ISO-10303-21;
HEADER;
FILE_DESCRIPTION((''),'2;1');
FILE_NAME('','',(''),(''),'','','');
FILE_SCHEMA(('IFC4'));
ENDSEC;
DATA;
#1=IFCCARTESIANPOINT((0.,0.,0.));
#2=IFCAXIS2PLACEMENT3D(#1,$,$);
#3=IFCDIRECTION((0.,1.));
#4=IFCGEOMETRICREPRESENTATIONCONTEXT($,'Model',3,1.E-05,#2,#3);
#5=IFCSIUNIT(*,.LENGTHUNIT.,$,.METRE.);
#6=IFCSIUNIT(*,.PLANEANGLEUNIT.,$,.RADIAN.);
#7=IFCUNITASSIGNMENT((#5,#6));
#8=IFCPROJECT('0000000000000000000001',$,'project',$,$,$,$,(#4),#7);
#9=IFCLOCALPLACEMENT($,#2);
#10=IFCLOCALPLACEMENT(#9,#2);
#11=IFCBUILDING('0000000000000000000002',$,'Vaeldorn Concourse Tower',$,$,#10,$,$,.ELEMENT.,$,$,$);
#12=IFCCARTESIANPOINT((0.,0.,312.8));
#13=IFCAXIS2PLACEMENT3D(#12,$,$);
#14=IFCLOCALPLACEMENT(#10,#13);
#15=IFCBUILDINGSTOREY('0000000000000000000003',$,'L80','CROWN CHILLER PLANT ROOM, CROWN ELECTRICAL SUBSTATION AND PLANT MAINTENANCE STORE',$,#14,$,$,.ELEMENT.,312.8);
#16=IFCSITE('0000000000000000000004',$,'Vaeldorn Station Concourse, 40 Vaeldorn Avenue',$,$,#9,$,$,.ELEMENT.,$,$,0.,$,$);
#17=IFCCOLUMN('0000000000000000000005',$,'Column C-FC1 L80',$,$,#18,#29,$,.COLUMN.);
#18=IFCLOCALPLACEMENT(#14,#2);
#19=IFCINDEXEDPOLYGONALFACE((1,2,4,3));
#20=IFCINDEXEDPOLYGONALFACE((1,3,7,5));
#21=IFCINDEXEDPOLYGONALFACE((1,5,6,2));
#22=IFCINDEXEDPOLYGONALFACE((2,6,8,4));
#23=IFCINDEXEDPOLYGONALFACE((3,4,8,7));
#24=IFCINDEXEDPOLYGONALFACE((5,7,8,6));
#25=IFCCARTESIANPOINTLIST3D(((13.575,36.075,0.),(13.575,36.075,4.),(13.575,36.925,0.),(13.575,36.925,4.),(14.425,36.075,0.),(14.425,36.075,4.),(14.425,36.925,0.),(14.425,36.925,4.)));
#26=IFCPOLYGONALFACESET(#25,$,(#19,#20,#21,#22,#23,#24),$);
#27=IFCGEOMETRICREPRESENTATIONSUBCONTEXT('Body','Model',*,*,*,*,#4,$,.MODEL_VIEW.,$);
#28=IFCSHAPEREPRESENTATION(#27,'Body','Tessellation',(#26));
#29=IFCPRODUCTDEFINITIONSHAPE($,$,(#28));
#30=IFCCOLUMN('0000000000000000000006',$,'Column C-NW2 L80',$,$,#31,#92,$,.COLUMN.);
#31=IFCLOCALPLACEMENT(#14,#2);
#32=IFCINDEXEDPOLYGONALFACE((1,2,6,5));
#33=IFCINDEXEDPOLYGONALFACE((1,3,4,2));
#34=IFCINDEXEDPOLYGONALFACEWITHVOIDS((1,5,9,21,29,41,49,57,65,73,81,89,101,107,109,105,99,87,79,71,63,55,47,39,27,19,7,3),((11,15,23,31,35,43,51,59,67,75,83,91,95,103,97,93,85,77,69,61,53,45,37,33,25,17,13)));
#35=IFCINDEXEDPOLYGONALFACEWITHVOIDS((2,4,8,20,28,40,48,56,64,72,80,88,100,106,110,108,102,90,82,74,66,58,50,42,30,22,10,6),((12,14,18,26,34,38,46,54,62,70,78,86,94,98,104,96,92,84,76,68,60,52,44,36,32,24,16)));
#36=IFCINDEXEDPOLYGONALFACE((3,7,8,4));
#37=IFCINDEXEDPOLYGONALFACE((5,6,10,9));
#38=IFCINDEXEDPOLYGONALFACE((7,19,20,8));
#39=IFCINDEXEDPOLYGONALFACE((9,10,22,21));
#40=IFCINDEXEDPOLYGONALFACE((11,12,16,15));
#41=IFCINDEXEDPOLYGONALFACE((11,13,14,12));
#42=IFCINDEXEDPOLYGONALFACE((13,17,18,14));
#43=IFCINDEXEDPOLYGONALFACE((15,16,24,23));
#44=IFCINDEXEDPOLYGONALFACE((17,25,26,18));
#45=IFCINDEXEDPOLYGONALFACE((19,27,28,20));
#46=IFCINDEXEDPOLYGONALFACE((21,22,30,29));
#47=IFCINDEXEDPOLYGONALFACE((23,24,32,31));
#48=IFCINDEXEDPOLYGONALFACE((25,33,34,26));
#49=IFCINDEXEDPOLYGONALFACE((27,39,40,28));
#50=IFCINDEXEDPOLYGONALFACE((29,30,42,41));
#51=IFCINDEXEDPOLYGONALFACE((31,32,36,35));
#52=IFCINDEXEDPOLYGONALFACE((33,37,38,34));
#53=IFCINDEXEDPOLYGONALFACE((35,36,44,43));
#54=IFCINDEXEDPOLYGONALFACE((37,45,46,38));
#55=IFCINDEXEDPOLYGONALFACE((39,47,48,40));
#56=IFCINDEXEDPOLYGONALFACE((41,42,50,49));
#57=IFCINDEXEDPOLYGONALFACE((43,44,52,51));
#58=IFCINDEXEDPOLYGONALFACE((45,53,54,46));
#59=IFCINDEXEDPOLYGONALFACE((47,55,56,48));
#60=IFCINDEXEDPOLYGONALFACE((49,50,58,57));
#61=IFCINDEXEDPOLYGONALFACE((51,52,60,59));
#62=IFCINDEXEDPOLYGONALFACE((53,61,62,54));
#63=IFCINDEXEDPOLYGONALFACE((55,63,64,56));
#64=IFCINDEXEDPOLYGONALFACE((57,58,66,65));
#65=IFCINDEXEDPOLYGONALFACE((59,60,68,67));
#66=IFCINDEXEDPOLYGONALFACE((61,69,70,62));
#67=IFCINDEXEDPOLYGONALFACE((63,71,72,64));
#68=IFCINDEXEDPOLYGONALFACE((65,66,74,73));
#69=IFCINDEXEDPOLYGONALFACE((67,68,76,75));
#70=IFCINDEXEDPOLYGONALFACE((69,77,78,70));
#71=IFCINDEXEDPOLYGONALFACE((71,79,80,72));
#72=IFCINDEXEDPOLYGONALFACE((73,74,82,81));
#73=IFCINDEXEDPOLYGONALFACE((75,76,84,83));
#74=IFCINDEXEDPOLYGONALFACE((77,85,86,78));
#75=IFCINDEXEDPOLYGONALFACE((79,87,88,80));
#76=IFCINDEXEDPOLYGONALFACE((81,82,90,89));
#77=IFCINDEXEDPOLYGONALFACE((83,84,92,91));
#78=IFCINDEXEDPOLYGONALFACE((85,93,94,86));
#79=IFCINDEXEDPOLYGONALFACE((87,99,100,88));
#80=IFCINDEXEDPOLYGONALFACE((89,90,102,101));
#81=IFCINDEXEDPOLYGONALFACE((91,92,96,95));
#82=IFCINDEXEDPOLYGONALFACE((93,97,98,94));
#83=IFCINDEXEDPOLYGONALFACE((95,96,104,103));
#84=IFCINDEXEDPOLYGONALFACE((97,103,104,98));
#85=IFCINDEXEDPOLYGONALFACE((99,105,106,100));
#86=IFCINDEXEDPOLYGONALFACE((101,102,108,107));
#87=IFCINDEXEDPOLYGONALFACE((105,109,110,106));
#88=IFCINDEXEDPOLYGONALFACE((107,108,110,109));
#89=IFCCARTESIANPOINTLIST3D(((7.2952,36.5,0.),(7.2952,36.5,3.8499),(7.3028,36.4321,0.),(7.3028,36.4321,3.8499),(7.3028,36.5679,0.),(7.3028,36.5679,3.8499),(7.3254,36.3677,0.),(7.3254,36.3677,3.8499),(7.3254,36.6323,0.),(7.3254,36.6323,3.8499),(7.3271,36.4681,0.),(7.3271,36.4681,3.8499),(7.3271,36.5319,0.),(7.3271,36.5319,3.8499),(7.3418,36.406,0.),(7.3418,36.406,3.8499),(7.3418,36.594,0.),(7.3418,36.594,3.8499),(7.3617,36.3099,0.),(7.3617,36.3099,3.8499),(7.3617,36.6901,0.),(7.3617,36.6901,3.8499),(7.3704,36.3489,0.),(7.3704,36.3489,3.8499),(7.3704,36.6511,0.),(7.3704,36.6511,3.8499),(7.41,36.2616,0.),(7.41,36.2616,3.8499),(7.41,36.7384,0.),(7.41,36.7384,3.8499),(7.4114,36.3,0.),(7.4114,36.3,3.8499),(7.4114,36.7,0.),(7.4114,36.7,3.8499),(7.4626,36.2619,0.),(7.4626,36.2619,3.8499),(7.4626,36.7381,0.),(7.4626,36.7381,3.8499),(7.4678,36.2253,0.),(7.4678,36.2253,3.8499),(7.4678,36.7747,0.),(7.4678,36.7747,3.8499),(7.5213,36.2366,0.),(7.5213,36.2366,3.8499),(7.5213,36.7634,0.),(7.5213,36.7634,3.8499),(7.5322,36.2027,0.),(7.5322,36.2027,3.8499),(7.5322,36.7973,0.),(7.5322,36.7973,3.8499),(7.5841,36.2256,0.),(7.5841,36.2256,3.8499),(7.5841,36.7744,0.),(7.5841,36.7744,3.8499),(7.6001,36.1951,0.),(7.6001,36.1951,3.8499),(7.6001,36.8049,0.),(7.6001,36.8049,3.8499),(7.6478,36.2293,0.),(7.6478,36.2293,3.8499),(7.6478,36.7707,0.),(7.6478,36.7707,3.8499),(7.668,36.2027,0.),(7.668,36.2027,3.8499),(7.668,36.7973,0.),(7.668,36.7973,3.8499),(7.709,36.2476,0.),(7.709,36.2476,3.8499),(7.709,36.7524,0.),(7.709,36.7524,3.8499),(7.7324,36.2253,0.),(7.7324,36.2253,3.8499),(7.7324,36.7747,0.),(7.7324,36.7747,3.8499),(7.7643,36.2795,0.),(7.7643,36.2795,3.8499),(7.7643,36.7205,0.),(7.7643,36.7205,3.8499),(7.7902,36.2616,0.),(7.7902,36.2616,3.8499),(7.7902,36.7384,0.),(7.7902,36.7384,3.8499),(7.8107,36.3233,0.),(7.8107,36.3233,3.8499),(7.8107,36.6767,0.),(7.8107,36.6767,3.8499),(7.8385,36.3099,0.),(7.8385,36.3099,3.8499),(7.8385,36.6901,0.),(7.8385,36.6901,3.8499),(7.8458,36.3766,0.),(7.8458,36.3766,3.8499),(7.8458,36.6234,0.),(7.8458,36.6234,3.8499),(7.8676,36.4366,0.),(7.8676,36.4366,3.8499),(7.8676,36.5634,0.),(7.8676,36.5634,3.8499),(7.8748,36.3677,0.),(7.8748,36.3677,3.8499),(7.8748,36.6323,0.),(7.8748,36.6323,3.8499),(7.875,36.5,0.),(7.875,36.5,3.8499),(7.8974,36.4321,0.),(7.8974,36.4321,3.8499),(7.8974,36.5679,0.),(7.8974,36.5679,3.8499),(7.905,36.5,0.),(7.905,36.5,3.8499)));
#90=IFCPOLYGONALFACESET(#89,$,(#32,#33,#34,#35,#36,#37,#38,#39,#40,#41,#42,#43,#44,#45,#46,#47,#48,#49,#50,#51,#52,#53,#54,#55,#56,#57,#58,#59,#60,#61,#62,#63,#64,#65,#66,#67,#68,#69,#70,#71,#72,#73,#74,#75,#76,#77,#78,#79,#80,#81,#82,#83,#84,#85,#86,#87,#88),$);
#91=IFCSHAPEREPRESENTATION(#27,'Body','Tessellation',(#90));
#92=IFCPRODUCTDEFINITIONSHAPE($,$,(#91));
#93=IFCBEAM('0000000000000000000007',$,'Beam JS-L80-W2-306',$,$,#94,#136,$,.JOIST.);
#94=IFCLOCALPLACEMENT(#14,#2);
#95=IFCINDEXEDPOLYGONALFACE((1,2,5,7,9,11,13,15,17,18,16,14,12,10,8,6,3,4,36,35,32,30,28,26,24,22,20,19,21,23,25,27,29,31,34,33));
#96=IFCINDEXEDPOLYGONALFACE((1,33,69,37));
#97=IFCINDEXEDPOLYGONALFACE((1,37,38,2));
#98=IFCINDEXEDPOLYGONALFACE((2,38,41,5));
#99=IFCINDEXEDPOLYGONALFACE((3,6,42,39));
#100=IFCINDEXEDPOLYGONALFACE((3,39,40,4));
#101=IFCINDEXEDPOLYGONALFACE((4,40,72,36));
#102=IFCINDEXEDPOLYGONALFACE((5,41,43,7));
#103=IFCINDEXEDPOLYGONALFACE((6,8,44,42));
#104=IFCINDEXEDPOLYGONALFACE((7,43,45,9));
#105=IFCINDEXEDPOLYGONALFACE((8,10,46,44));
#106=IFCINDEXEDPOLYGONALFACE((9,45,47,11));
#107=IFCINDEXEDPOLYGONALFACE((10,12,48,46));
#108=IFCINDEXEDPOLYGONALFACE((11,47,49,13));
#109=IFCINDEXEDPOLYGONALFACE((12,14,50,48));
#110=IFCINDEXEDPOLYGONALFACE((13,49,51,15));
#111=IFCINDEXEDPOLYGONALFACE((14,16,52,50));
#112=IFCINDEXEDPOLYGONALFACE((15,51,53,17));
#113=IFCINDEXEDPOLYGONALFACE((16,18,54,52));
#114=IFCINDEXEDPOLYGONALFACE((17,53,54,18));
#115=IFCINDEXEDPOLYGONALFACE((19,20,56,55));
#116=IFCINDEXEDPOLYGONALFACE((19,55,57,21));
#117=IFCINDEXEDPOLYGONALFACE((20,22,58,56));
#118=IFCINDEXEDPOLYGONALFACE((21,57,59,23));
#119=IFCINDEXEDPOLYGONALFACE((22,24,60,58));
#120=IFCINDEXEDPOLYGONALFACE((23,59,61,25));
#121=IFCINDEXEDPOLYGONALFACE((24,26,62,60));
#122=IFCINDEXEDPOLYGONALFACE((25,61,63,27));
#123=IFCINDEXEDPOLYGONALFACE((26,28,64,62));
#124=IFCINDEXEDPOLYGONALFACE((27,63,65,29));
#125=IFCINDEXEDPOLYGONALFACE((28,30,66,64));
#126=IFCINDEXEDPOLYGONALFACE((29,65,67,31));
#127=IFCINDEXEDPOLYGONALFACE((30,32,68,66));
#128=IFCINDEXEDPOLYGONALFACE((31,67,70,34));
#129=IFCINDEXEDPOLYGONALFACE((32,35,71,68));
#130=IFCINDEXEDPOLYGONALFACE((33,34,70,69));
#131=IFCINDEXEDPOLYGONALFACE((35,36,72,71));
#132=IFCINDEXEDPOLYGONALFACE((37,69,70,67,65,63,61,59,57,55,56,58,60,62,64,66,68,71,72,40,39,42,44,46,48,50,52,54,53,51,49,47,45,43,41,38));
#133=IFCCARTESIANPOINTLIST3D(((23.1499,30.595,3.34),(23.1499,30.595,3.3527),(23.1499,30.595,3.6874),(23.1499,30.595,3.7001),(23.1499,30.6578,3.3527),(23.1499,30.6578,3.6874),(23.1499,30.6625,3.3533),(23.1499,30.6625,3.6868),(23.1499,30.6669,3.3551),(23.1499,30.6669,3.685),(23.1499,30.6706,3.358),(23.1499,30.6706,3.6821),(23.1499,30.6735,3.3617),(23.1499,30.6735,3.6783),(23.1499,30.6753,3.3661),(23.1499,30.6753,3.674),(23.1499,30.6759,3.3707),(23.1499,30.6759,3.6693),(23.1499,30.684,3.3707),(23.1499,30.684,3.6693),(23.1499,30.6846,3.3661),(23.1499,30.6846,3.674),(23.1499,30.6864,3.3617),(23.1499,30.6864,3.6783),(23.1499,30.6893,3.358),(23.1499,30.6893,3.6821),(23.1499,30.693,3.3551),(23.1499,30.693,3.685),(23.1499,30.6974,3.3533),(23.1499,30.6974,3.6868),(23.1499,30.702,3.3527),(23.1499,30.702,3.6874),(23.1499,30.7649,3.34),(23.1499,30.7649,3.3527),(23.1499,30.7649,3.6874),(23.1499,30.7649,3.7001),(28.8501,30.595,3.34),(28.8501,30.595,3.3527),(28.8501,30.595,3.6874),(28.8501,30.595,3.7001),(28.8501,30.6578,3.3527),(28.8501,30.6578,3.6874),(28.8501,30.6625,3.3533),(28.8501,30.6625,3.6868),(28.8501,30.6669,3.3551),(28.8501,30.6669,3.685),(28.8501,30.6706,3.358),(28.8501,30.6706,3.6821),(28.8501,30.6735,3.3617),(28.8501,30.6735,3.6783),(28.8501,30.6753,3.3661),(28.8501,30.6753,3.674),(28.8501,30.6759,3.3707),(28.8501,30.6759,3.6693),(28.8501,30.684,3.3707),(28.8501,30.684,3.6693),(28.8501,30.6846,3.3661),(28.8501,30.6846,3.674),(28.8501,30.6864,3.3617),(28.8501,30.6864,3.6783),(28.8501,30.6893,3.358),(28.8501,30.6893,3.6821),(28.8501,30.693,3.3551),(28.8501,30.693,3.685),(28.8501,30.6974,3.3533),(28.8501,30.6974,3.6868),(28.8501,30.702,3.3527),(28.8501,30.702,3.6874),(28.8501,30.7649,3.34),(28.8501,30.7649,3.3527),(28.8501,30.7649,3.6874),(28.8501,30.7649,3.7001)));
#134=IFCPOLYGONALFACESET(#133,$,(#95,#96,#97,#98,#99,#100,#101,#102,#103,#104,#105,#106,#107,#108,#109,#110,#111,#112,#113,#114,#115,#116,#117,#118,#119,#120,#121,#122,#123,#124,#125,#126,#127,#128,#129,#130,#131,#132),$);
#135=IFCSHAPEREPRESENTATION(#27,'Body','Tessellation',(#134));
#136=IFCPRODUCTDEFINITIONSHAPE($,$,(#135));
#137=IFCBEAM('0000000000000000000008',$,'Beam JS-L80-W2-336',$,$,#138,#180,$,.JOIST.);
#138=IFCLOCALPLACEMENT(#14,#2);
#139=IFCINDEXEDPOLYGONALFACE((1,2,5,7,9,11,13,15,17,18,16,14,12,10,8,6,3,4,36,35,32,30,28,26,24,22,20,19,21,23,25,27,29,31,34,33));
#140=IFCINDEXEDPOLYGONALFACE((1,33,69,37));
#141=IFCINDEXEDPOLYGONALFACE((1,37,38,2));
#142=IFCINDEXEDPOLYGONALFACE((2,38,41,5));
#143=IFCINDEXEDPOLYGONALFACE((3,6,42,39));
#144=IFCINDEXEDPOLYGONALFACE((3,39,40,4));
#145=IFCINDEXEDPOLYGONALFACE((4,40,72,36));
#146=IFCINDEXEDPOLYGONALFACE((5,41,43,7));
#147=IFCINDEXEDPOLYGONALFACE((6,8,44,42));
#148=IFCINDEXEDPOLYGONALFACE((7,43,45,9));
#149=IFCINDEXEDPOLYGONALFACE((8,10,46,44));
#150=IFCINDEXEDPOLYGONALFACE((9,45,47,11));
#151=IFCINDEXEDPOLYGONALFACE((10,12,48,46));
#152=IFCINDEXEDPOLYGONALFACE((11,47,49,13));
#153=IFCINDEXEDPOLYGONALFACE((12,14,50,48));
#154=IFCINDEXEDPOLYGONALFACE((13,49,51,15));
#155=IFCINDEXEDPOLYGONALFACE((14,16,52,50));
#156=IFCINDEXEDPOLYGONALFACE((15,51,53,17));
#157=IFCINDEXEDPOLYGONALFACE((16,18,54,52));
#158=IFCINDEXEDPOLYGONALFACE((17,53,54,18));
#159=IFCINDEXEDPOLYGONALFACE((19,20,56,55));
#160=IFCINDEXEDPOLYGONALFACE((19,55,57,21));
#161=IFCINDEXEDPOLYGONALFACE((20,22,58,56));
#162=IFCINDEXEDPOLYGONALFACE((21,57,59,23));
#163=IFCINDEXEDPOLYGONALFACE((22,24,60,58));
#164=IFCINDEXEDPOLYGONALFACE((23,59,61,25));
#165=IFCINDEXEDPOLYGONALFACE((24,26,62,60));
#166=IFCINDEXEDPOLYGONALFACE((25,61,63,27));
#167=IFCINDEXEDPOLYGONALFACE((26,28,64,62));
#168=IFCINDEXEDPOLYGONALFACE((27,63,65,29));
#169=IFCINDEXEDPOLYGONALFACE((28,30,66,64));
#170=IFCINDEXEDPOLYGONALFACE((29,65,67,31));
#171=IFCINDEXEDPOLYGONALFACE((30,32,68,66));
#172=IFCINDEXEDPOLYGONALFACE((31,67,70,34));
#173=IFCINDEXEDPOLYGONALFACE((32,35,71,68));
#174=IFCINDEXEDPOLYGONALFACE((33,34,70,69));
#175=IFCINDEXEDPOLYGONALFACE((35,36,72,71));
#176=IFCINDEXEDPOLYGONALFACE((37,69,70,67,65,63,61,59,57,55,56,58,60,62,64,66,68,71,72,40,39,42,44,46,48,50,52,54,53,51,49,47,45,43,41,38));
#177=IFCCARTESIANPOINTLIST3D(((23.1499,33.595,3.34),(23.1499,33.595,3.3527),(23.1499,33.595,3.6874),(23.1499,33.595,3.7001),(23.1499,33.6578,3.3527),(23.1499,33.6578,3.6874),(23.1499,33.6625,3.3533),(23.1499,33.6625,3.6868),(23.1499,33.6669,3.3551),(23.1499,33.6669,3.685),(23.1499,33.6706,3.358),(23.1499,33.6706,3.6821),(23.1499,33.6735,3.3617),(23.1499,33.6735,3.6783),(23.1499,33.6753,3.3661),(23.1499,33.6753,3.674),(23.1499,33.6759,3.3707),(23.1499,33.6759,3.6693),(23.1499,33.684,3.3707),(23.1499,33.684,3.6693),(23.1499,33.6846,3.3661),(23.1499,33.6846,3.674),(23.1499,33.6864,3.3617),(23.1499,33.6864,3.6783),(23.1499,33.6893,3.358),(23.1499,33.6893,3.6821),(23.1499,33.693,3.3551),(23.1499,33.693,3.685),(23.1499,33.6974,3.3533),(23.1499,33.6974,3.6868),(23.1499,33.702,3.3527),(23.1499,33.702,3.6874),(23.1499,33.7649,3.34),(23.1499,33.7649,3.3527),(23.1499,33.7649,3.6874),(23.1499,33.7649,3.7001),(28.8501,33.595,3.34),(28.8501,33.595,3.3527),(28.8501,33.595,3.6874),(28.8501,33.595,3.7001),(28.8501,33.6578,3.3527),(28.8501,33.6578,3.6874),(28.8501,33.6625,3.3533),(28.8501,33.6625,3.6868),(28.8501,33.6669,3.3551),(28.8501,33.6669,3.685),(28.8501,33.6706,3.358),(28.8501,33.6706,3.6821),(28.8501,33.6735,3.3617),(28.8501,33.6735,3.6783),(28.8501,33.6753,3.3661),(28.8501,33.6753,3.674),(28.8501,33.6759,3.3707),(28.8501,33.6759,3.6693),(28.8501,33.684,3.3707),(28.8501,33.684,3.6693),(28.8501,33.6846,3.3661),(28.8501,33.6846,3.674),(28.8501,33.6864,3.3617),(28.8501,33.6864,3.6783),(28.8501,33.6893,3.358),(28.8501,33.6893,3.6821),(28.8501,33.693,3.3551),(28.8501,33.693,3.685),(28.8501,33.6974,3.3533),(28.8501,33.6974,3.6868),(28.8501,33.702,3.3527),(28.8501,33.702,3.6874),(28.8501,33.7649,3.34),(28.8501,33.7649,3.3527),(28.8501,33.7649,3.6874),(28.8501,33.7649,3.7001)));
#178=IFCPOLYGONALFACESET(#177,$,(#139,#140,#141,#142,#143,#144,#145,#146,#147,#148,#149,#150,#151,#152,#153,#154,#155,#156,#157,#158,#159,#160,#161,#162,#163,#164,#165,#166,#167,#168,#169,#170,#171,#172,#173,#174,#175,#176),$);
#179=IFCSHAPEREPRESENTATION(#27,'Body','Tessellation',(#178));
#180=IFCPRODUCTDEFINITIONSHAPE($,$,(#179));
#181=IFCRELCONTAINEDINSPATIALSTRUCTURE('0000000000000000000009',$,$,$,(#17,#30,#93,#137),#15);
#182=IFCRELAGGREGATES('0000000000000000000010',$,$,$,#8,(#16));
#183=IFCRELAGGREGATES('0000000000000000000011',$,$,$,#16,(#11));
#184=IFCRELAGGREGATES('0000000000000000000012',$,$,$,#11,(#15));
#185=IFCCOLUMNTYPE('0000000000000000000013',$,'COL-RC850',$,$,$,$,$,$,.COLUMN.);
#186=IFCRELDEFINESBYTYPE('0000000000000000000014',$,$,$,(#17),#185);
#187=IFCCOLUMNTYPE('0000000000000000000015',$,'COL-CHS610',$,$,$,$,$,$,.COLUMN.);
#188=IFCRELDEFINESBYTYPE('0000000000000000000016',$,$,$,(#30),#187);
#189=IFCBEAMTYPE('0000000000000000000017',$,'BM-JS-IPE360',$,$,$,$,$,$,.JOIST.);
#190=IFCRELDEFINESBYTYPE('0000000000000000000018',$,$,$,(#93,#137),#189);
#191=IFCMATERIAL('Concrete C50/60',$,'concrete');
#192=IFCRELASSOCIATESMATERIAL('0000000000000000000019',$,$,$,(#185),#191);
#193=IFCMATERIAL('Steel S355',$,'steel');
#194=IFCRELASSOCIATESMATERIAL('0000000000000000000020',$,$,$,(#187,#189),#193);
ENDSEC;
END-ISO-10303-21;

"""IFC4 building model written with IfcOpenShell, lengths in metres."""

from ifc_helpers import new_model, si_unit, direction, frame, origin, origin_2d, place, context, subcontext, project, spatial, rectangle, hollow_circle, i_section, extrude, source, transform, mapped, material, material_profile, profile_set, type_object, element, save


model = new_model("IFC4")

# Units and contexts
model_context = context("Model", 3, precision=1e-05, world=origin(), true_north=direction((0.0, 1.0)))
body_context = subcontext(model_context, "Body", "Model", "MODEL_VIEW")
ifc_project = project(units=[si_unit("LENGTHUNIT", "METRE"), si_unit("PLANEANGLEUNIT", "RADIAN")], contexts=[model_context])

# Site, building, storey
site_placement = place(None, origin())
site = spatial("IfcSite", under=ifc_project, at=site_placement, Name="Vaeldorn Station Concourse, 40 Vaeldorn Avenue", CompositionType="ELEMENT", RefElevation=0.0)
building_placement = place(site_placement, origin())
building = spatial("IfcBuilding", under=site, at=building_placement, Name="Vaeldorn Concourse Tower", CompositionType="ELEMENT")
storey_placement = place(building_placement, frame((0.0, 0.0, 312.8)))
storey = spatial("IfcBuildingStorey", under=building, at=storey_placement, Name="L80", Description="CROWN CHILLER PLANT ROOM, CROWN ELECTRICAL SUBSTATION AND PLANT MAINTENANCE STORE", CompositionType="ELEMENT", Elevation=312.8)

# Columns
ifc_material_1 = material(Name="Concrete C50/60", Category="concrete")
ifc_material_profile_1 = material_profile(ifc_material_1, rectangle(XDim=0.8501, YDim=0.8501, at=origin_2d()), Name="RC 850x850")
ifc_profile_set_1 = profile_set([ifc_material_profile_1], Name="Concrete C50/60")
column_type_1 = type_object("IfcColumnType", Name="COL-RC850", PredefinedType="COLUMN", material=ifc_profile_set_1)
shared_shape_1 = source(origin(), body_context, "Body", "SweptSolid", [
    extrude(rectangle(XDim=0.8501, YDim=0.8501, at=origin_2d()), origin(), (0.0, 0.0, 1.0), 4.0),
])
column_1_placement = place(storey_placement, frame((14.0, 36.5, 0.0), z_axis=(0.0, 0.0, 1.0), x_axis=(1.0, 0.0, 0.0)))
element("IfcColumn", 1, at=column_1_placement, inside=storey, type_object=column_type_1, Name="Column C-FC1 L80", PredefinedType="COLUMN", context=body_context, shape_type="MappedRepresentation", body=[
    mapped(shared_shape_1, transform((0.0, 0.0, 0.0), scale=1.0)),
])
ifc_material_2 = material(Name="Steel S355", Category="steel")
ifc_material_profile_2 = material_profile(ifc_material_2, hollow_circle(Radius=0.3049, WallThickness=0.03, at=origin_2d()), Name="CHS 610x30")
ifc_profile_set_2 = profile_set([ifc_material_profile_2], Name="Steel S355")
column_type_2 = type_object("IfcColumnType", Name="COL-CHS610", PredefinedType="COLUMN", material=ifc_profile_set_2)
shared_shape_2 = source(origin(), body_context, "Body", "SweptSolid", [
    extrude(hollow_circle(Radius=0.3049, WallThickness=0.03, at=origin_2d()), origin(), (0.0, 0.0, 1.0), 3.8499),
])
column_2_placement = place(storey_placement, frame((7.6001, 36.5, 0.0), z_axis=(0.0, 0.0, 1.0), x_axis=(1.0, 0.0, 0.0)))
element("IfcColumn", 2, at=column_2_placement, inside=storey, type_object=column_type_2, Name="Column C-NW2 L80", PredefinedType="COLUMN", context=body_context, shape_type="MappedRepresentation", body=[
    mapped(shared_shape_2, transform((0.0, 0.0, 0.0), scale=1.0)),
])

# Beams
ifc_material_profile_3 = material_profile(ifc_material_2, i_section(OverallWidth=0.1699, OverallDepth=0.3601, WebThickness=0.0081, FlangeThickness=0.0127, FilletRadius=0.0181, at=origin_2d()), Name="IPE 360")
ifc_profile_set_3 = profile_set([ifc_material_profile_3], Name="Steel S355")
beam_type_1 = type_object("IfcBeamType", Name="BM-JS-IPE360", PredefinedType="JOIST", material=ifc_profile_set_3)
shared_shape_3 = source(origin(), body_context, "Body", "SweptSolid", [
    extrude(i_section(OverallWidth=0.1699, OverallDepth=0.3601, WebThickness=0.0081, FlangeThickness=0.0127, FilletRadius=0.0181, at=origin_2d()), origin(), (0.0, 0.0, 1.0), 5.7002),
])
for number, where, z_axis, x_axis, name in (
    (3, (23.1499, 30.6799, 3.52), (1.0, 0.0, 0.0), (0.0, 1.0, 0.0), "Beam JS-L80-W2-306"),
    (4, (23.1499, 33.6799, 3.52), (1.0, 0.0, 0.0), (0.0, 1.0, 0.0), "Beam JS-L80-W2-336"),
):
    element("IfcBeam", number, at=place(storey_placement, frame(where, z_axis=z_axis, x_axis=x_axis)), inside=storey, type_object=beam_type_1, Name=name, PredefinedType="JOIST", context=body_context, shape_type="MappedRepresentation", body=[
        mapped(shared_shape_3, transform((0.0, 0.0, 0.0), scale=1.0)),
    ])

save(model, "model.ifc")
